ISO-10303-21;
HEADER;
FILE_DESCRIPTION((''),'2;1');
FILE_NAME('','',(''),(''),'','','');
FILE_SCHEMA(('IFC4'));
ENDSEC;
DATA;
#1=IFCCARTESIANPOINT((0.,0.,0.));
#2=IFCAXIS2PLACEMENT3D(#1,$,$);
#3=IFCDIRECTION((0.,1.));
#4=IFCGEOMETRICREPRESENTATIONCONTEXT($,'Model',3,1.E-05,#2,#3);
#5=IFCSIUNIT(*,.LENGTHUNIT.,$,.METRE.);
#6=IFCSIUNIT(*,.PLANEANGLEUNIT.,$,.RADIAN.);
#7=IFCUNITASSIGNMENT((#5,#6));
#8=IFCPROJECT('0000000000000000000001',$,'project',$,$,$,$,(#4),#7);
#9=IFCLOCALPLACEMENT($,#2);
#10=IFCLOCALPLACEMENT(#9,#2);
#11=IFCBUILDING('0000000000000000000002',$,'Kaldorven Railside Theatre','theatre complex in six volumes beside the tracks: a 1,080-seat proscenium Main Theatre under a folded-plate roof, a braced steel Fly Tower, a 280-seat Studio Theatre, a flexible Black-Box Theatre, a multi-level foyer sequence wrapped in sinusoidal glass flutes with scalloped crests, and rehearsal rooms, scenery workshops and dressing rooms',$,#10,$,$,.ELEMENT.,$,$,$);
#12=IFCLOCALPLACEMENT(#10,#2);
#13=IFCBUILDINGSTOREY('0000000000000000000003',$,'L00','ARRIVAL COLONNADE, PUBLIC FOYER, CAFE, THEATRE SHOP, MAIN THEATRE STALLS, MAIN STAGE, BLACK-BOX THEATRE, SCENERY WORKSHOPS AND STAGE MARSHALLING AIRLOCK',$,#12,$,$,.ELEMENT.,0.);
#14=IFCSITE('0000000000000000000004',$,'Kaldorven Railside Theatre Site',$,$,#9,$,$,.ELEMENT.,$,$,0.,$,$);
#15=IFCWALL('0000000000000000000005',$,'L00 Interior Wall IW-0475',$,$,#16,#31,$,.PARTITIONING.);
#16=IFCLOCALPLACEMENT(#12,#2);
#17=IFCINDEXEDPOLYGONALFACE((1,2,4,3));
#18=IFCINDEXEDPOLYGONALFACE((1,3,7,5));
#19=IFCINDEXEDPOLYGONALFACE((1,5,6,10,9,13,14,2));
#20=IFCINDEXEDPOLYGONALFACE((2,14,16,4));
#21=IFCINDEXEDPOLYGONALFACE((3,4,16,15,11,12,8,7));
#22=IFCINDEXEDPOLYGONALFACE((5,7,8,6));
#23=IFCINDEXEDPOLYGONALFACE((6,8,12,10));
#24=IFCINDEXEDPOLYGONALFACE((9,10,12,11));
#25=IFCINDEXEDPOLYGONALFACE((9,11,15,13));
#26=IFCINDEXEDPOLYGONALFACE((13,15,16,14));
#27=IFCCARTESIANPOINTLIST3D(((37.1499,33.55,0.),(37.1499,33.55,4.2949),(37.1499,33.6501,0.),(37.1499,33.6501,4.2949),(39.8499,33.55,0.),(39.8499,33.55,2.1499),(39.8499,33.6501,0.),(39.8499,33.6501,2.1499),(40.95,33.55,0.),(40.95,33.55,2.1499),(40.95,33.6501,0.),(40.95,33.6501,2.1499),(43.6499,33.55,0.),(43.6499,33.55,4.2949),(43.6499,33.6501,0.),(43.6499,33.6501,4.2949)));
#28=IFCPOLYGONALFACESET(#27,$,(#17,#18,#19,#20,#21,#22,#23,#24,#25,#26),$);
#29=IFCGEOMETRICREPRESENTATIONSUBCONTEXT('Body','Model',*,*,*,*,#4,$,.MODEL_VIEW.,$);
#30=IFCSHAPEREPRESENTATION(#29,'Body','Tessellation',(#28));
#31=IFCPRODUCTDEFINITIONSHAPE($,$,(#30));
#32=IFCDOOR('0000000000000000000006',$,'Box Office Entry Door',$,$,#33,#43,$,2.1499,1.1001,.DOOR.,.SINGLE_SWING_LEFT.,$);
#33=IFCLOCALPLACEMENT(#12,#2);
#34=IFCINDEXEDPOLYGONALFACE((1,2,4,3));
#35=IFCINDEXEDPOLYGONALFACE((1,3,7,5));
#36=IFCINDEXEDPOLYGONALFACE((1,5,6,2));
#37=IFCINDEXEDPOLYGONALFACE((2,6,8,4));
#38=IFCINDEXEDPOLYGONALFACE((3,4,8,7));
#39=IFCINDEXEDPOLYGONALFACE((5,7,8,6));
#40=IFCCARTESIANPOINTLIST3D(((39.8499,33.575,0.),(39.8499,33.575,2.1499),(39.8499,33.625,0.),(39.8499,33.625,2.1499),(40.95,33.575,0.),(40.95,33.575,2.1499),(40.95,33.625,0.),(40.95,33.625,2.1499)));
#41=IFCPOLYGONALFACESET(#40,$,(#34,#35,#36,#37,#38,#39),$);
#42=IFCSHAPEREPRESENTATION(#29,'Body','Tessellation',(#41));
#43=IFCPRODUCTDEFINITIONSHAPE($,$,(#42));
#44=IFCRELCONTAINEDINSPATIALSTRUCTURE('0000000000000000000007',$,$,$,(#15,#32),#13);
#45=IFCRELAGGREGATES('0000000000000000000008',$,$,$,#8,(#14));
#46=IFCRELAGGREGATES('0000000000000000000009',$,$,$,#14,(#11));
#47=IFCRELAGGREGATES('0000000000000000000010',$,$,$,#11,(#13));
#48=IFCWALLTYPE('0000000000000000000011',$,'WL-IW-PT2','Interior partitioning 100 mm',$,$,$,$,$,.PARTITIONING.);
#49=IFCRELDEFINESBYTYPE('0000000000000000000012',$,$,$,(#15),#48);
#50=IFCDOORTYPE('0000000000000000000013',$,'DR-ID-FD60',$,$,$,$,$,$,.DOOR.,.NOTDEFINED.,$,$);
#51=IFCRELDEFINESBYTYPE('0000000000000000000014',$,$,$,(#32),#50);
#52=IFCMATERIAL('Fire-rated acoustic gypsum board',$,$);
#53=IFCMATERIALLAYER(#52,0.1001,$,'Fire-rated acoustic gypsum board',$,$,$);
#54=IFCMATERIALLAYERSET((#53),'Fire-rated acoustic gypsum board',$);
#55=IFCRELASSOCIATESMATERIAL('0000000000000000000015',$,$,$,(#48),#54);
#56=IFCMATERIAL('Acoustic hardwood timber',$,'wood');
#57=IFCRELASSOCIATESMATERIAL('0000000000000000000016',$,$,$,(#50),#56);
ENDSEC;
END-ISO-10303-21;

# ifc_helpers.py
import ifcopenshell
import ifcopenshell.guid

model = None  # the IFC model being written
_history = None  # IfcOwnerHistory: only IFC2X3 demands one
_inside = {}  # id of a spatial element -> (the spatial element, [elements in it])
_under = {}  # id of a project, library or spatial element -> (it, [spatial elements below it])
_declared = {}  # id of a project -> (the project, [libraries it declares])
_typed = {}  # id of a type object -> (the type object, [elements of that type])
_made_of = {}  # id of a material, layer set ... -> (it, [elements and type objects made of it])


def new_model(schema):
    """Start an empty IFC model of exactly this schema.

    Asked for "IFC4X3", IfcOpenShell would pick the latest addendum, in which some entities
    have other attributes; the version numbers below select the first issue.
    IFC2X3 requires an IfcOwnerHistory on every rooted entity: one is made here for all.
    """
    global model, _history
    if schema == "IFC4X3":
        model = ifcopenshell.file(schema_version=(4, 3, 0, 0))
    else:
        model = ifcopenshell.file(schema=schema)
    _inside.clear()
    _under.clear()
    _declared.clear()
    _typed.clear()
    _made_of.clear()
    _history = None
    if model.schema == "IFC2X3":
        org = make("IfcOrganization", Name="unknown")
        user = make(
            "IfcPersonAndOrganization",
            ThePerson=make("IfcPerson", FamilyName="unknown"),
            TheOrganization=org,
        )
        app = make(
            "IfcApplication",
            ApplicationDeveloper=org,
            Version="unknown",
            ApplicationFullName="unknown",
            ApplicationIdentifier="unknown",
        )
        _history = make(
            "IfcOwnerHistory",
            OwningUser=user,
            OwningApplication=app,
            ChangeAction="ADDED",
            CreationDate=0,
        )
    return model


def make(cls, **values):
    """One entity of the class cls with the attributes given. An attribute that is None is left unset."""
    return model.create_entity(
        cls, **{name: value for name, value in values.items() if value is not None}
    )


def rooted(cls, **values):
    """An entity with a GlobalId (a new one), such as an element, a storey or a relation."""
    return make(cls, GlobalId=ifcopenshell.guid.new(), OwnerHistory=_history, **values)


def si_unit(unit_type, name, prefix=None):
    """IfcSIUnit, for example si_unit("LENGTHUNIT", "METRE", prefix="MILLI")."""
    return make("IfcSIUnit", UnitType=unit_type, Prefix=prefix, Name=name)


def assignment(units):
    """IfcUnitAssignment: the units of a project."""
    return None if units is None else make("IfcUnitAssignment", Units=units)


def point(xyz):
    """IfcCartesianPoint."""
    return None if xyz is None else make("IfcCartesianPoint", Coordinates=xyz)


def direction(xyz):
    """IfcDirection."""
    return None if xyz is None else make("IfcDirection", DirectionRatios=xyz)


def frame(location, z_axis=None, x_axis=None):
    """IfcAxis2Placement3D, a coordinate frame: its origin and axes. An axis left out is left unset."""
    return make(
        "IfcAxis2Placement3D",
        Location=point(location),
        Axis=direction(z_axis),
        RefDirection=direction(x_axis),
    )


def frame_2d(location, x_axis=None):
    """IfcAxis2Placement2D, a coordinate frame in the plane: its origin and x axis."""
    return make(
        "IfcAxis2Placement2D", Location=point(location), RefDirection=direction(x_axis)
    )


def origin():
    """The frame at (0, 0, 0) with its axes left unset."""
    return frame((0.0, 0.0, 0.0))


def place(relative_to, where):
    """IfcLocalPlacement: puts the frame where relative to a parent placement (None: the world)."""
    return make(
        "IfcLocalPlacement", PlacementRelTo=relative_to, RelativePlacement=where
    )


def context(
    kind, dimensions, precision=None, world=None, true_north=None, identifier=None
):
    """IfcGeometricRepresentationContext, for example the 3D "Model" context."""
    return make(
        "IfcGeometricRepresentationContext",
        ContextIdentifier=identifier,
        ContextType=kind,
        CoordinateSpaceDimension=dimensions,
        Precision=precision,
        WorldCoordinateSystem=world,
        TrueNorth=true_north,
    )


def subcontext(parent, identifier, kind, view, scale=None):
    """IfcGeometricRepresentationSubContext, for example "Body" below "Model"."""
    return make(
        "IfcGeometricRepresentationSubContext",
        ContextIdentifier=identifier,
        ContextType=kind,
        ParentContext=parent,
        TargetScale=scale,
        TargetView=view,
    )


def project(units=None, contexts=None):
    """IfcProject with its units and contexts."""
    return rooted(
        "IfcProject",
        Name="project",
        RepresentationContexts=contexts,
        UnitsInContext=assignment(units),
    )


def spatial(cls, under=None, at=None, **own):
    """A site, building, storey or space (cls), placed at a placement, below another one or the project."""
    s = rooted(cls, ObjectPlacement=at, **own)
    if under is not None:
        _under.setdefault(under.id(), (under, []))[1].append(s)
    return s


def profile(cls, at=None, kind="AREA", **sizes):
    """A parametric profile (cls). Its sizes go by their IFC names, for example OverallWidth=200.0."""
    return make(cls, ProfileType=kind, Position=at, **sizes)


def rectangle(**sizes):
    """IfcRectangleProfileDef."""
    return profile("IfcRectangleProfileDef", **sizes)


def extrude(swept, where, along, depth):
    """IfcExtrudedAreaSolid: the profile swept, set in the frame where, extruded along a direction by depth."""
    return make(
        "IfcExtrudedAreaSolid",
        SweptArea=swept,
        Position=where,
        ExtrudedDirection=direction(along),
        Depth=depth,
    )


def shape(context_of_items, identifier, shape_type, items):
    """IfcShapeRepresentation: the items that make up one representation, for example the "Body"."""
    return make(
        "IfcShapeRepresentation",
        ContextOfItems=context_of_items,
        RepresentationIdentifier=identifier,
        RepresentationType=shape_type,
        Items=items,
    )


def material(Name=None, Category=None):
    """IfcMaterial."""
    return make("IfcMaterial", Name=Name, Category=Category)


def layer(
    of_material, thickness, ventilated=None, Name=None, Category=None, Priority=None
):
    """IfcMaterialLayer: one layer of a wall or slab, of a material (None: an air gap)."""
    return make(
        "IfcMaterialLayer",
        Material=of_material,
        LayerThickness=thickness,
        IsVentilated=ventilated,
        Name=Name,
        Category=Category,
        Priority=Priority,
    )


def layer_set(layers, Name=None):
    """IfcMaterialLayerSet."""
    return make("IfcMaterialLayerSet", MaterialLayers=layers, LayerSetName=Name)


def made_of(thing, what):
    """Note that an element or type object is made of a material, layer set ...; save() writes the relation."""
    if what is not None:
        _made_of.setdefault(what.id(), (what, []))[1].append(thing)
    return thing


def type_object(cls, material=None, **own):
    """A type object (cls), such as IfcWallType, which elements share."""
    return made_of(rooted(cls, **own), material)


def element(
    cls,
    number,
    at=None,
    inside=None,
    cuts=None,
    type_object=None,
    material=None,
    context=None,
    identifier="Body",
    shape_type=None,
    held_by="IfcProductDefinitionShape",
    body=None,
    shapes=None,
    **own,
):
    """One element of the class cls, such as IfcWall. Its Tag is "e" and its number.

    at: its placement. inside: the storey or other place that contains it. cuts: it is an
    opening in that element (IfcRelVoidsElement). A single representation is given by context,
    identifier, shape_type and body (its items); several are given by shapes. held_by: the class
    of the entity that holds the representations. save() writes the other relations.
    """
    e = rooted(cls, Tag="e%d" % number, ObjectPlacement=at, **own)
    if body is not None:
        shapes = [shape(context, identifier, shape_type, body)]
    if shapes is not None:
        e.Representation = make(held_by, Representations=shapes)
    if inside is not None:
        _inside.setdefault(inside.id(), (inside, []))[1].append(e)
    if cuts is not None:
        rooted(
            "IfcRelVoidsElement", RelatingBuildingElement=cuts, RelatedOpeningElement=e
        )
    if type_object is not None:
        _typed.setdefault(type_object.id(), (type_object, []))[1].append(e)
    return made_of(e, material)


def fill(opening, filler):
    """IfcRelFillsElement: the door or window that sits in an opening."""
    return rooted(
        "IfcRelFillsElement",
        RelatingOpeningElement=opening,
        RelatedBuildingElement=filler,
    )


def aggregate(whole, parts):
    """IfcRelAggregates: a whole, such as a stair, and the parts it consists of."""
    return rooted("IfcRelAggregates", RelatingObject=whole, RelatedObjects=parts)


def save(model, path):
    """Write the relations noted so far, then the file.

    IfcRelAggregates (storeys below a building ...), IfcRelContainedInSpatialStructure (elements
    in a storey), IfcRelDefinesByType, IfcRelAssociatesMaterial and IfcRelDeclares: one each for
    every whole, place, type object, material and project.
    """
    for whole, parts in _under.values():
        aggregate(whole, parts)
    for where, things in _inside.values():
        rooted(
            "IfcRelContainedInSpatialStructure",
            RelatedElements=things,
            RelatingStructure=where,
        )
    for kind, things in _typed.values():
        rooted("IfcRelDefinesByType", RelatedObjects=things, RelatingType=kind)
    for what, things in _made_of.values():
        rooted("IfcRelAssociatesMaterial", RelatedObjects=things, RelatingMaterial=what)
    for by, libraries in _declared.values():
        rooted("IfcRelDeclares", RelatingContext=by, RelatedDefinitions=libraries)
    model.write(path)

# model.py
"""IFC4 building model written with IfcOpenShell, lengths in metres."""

from ifc_helpers import new_model, si_unit, direction, frame, frame_2d, origin, place, context, subcontext, project, spatial, rectangle, extrude, material, layer, layer_set, type_object, element, fill, save


model = new_model("IFC4")

# Units and contexts
model_context = context("Model", 3, precision=1e-05, world=origin(), true_north=direction((0.0, 1.0)))
body_context = subcontext(model_context, "Body", "Model", "MODEL_VIEW")
ifc_project = project(units=[si_unit("LENGTHUNIT", "METRE"), si_unit("PLANEANGLEUNIT", "RADIAN")], contexts=[model_context])

# Site, building, storey
site_placement = place(None, origin())
site = spatial("IfcSite", under=ifc_project, at=site_placement, Name="Kaldorven Railside Theatre Site", CompositionType="ELEMENT", RefElevation=0.0)
building_placement = place(site_placement, origin())
building = spatial("IfcBuilding", under=site, at=building_placement, Name="Kaldorven Railside Theatre", Description="theatre complex in six volumes beside the tracks: a 1,080-seat proscenium Main Theatre under a folded-plate roof, a braced steel Fly Tower, a 280-seat Studio Theatre, a flexible Black-Box Theatre, a multi-level foyer sequence wrapped in sinusoidal glass flutes with scalloped crests, and rehearsal rooms, scenery workshops and dressing rooms", CompositionType="ELEMENT")
storey_placement = place(building_placement, origin())
storey = spatial("IfcBuildingStorey", under=building, at=storey_placement, Name="L00", Description="ARRIVAL COLONNADE, PUBLIC FOYER, CAFE, THEATRE SHOP, MAIN THEATRE STALLS, MAIN STAGE, BLACK-BOX THEATRE, SCENERY WORKSHOPS AND STAGE MARSHALLING AIRLOCK", CompositionType="ELEMENT", Elevation=0.0)

# Wall, opening, door
ifc_material_1 = material(Name="Fire-rated acoustic gypsum board")
ifc_layer_1 = layer(ifc_material_1, 0.1001, Name="Fire-rated acoustic gypsum board")
ifc_layer_set_1 = layer_set([ifc_layer_1], Name="Fire-rated acoustic gypsum board")
wall_type_1 = type_object("IfcWallType", Name="WL-IW-PT2", Description="Interior partitioning 100 mm", PredefinedType="PARTITIONING", material=ifc_layer_set_1)
wall_placement = place(storey_placement, frame((37.1499, 33.6001, 0.0), z_axis=(0.0, 0.0, 1.0), x_axis=(1.0, 0.0, 0.0)))
wall = element("IfcWall", 1, at=wall_placement, inside=storey, type_object=wall_type_1, Name="L00 Interior Wall IW-0475", PredefinedType="PARTITIONING", context=body_context, shape_type="SweptSolid", body=[
    extrude(rectangle(XDim=6.5, YDim=0.1001, at=frame_2d((3.25, 0.0))), origin(), (0.0, 0.0, 1.0), 4.2949),
])
opening_placement = place(wall_placement, frame((2.7, 0.0, 0.0)))
opening = element("IfcOpeningElement", 2, at=opening_placement, cuts=wall, PredefinedType="OPENING", context=body_context, shape_type="SweptSolid", body=[
    extrude(rectangle(XDim=1.1001, YDim=2.1499, at=frame_2d((0.55, 1.075))), frame((0.0, 0.0601, 0.0), z_axis=(0.0, -1.0, 0.0), x_axis=(1.0, 0.0, 0.0)), (0.0, 0.0, 1.0), 0.1201),
])
ifc_material_2 = material(Name="Acoustic hardwood timber", Category="wood")
door_type = type_object("IfcDoorType", Name="DR-ID-FD60", OperationType="NOTDEFINED", PredefinedType="DOOR", material=ifc_material_2)
door_placement = place(opening_placement, origin())
door = element("IfcDoor", 3, at=door_placement, inside=storey, type_object=door_type, Name="Box Office Entry Door", OperationType="SINGLE_SWING_LEFT", OverallHeight=2.1499, OverallWidth=1.1001, PredefinedType="DOOR", context=body_context, shape_type="SweptSolid", body=[
    extrude(rectangle(XDim=1.1001, YDim=2.1499, at=frame_2d((0.55, 1.075))), frame((0.0, 0.0249, 0.0), z_axis=(0.0, -1.0, 0.0), x_axis=(1.0, 0.0, 0.0)), (0.0, 0.0, 1.0), 0.05),
])
fill(opening, door)

save(model, "model.ifc")
